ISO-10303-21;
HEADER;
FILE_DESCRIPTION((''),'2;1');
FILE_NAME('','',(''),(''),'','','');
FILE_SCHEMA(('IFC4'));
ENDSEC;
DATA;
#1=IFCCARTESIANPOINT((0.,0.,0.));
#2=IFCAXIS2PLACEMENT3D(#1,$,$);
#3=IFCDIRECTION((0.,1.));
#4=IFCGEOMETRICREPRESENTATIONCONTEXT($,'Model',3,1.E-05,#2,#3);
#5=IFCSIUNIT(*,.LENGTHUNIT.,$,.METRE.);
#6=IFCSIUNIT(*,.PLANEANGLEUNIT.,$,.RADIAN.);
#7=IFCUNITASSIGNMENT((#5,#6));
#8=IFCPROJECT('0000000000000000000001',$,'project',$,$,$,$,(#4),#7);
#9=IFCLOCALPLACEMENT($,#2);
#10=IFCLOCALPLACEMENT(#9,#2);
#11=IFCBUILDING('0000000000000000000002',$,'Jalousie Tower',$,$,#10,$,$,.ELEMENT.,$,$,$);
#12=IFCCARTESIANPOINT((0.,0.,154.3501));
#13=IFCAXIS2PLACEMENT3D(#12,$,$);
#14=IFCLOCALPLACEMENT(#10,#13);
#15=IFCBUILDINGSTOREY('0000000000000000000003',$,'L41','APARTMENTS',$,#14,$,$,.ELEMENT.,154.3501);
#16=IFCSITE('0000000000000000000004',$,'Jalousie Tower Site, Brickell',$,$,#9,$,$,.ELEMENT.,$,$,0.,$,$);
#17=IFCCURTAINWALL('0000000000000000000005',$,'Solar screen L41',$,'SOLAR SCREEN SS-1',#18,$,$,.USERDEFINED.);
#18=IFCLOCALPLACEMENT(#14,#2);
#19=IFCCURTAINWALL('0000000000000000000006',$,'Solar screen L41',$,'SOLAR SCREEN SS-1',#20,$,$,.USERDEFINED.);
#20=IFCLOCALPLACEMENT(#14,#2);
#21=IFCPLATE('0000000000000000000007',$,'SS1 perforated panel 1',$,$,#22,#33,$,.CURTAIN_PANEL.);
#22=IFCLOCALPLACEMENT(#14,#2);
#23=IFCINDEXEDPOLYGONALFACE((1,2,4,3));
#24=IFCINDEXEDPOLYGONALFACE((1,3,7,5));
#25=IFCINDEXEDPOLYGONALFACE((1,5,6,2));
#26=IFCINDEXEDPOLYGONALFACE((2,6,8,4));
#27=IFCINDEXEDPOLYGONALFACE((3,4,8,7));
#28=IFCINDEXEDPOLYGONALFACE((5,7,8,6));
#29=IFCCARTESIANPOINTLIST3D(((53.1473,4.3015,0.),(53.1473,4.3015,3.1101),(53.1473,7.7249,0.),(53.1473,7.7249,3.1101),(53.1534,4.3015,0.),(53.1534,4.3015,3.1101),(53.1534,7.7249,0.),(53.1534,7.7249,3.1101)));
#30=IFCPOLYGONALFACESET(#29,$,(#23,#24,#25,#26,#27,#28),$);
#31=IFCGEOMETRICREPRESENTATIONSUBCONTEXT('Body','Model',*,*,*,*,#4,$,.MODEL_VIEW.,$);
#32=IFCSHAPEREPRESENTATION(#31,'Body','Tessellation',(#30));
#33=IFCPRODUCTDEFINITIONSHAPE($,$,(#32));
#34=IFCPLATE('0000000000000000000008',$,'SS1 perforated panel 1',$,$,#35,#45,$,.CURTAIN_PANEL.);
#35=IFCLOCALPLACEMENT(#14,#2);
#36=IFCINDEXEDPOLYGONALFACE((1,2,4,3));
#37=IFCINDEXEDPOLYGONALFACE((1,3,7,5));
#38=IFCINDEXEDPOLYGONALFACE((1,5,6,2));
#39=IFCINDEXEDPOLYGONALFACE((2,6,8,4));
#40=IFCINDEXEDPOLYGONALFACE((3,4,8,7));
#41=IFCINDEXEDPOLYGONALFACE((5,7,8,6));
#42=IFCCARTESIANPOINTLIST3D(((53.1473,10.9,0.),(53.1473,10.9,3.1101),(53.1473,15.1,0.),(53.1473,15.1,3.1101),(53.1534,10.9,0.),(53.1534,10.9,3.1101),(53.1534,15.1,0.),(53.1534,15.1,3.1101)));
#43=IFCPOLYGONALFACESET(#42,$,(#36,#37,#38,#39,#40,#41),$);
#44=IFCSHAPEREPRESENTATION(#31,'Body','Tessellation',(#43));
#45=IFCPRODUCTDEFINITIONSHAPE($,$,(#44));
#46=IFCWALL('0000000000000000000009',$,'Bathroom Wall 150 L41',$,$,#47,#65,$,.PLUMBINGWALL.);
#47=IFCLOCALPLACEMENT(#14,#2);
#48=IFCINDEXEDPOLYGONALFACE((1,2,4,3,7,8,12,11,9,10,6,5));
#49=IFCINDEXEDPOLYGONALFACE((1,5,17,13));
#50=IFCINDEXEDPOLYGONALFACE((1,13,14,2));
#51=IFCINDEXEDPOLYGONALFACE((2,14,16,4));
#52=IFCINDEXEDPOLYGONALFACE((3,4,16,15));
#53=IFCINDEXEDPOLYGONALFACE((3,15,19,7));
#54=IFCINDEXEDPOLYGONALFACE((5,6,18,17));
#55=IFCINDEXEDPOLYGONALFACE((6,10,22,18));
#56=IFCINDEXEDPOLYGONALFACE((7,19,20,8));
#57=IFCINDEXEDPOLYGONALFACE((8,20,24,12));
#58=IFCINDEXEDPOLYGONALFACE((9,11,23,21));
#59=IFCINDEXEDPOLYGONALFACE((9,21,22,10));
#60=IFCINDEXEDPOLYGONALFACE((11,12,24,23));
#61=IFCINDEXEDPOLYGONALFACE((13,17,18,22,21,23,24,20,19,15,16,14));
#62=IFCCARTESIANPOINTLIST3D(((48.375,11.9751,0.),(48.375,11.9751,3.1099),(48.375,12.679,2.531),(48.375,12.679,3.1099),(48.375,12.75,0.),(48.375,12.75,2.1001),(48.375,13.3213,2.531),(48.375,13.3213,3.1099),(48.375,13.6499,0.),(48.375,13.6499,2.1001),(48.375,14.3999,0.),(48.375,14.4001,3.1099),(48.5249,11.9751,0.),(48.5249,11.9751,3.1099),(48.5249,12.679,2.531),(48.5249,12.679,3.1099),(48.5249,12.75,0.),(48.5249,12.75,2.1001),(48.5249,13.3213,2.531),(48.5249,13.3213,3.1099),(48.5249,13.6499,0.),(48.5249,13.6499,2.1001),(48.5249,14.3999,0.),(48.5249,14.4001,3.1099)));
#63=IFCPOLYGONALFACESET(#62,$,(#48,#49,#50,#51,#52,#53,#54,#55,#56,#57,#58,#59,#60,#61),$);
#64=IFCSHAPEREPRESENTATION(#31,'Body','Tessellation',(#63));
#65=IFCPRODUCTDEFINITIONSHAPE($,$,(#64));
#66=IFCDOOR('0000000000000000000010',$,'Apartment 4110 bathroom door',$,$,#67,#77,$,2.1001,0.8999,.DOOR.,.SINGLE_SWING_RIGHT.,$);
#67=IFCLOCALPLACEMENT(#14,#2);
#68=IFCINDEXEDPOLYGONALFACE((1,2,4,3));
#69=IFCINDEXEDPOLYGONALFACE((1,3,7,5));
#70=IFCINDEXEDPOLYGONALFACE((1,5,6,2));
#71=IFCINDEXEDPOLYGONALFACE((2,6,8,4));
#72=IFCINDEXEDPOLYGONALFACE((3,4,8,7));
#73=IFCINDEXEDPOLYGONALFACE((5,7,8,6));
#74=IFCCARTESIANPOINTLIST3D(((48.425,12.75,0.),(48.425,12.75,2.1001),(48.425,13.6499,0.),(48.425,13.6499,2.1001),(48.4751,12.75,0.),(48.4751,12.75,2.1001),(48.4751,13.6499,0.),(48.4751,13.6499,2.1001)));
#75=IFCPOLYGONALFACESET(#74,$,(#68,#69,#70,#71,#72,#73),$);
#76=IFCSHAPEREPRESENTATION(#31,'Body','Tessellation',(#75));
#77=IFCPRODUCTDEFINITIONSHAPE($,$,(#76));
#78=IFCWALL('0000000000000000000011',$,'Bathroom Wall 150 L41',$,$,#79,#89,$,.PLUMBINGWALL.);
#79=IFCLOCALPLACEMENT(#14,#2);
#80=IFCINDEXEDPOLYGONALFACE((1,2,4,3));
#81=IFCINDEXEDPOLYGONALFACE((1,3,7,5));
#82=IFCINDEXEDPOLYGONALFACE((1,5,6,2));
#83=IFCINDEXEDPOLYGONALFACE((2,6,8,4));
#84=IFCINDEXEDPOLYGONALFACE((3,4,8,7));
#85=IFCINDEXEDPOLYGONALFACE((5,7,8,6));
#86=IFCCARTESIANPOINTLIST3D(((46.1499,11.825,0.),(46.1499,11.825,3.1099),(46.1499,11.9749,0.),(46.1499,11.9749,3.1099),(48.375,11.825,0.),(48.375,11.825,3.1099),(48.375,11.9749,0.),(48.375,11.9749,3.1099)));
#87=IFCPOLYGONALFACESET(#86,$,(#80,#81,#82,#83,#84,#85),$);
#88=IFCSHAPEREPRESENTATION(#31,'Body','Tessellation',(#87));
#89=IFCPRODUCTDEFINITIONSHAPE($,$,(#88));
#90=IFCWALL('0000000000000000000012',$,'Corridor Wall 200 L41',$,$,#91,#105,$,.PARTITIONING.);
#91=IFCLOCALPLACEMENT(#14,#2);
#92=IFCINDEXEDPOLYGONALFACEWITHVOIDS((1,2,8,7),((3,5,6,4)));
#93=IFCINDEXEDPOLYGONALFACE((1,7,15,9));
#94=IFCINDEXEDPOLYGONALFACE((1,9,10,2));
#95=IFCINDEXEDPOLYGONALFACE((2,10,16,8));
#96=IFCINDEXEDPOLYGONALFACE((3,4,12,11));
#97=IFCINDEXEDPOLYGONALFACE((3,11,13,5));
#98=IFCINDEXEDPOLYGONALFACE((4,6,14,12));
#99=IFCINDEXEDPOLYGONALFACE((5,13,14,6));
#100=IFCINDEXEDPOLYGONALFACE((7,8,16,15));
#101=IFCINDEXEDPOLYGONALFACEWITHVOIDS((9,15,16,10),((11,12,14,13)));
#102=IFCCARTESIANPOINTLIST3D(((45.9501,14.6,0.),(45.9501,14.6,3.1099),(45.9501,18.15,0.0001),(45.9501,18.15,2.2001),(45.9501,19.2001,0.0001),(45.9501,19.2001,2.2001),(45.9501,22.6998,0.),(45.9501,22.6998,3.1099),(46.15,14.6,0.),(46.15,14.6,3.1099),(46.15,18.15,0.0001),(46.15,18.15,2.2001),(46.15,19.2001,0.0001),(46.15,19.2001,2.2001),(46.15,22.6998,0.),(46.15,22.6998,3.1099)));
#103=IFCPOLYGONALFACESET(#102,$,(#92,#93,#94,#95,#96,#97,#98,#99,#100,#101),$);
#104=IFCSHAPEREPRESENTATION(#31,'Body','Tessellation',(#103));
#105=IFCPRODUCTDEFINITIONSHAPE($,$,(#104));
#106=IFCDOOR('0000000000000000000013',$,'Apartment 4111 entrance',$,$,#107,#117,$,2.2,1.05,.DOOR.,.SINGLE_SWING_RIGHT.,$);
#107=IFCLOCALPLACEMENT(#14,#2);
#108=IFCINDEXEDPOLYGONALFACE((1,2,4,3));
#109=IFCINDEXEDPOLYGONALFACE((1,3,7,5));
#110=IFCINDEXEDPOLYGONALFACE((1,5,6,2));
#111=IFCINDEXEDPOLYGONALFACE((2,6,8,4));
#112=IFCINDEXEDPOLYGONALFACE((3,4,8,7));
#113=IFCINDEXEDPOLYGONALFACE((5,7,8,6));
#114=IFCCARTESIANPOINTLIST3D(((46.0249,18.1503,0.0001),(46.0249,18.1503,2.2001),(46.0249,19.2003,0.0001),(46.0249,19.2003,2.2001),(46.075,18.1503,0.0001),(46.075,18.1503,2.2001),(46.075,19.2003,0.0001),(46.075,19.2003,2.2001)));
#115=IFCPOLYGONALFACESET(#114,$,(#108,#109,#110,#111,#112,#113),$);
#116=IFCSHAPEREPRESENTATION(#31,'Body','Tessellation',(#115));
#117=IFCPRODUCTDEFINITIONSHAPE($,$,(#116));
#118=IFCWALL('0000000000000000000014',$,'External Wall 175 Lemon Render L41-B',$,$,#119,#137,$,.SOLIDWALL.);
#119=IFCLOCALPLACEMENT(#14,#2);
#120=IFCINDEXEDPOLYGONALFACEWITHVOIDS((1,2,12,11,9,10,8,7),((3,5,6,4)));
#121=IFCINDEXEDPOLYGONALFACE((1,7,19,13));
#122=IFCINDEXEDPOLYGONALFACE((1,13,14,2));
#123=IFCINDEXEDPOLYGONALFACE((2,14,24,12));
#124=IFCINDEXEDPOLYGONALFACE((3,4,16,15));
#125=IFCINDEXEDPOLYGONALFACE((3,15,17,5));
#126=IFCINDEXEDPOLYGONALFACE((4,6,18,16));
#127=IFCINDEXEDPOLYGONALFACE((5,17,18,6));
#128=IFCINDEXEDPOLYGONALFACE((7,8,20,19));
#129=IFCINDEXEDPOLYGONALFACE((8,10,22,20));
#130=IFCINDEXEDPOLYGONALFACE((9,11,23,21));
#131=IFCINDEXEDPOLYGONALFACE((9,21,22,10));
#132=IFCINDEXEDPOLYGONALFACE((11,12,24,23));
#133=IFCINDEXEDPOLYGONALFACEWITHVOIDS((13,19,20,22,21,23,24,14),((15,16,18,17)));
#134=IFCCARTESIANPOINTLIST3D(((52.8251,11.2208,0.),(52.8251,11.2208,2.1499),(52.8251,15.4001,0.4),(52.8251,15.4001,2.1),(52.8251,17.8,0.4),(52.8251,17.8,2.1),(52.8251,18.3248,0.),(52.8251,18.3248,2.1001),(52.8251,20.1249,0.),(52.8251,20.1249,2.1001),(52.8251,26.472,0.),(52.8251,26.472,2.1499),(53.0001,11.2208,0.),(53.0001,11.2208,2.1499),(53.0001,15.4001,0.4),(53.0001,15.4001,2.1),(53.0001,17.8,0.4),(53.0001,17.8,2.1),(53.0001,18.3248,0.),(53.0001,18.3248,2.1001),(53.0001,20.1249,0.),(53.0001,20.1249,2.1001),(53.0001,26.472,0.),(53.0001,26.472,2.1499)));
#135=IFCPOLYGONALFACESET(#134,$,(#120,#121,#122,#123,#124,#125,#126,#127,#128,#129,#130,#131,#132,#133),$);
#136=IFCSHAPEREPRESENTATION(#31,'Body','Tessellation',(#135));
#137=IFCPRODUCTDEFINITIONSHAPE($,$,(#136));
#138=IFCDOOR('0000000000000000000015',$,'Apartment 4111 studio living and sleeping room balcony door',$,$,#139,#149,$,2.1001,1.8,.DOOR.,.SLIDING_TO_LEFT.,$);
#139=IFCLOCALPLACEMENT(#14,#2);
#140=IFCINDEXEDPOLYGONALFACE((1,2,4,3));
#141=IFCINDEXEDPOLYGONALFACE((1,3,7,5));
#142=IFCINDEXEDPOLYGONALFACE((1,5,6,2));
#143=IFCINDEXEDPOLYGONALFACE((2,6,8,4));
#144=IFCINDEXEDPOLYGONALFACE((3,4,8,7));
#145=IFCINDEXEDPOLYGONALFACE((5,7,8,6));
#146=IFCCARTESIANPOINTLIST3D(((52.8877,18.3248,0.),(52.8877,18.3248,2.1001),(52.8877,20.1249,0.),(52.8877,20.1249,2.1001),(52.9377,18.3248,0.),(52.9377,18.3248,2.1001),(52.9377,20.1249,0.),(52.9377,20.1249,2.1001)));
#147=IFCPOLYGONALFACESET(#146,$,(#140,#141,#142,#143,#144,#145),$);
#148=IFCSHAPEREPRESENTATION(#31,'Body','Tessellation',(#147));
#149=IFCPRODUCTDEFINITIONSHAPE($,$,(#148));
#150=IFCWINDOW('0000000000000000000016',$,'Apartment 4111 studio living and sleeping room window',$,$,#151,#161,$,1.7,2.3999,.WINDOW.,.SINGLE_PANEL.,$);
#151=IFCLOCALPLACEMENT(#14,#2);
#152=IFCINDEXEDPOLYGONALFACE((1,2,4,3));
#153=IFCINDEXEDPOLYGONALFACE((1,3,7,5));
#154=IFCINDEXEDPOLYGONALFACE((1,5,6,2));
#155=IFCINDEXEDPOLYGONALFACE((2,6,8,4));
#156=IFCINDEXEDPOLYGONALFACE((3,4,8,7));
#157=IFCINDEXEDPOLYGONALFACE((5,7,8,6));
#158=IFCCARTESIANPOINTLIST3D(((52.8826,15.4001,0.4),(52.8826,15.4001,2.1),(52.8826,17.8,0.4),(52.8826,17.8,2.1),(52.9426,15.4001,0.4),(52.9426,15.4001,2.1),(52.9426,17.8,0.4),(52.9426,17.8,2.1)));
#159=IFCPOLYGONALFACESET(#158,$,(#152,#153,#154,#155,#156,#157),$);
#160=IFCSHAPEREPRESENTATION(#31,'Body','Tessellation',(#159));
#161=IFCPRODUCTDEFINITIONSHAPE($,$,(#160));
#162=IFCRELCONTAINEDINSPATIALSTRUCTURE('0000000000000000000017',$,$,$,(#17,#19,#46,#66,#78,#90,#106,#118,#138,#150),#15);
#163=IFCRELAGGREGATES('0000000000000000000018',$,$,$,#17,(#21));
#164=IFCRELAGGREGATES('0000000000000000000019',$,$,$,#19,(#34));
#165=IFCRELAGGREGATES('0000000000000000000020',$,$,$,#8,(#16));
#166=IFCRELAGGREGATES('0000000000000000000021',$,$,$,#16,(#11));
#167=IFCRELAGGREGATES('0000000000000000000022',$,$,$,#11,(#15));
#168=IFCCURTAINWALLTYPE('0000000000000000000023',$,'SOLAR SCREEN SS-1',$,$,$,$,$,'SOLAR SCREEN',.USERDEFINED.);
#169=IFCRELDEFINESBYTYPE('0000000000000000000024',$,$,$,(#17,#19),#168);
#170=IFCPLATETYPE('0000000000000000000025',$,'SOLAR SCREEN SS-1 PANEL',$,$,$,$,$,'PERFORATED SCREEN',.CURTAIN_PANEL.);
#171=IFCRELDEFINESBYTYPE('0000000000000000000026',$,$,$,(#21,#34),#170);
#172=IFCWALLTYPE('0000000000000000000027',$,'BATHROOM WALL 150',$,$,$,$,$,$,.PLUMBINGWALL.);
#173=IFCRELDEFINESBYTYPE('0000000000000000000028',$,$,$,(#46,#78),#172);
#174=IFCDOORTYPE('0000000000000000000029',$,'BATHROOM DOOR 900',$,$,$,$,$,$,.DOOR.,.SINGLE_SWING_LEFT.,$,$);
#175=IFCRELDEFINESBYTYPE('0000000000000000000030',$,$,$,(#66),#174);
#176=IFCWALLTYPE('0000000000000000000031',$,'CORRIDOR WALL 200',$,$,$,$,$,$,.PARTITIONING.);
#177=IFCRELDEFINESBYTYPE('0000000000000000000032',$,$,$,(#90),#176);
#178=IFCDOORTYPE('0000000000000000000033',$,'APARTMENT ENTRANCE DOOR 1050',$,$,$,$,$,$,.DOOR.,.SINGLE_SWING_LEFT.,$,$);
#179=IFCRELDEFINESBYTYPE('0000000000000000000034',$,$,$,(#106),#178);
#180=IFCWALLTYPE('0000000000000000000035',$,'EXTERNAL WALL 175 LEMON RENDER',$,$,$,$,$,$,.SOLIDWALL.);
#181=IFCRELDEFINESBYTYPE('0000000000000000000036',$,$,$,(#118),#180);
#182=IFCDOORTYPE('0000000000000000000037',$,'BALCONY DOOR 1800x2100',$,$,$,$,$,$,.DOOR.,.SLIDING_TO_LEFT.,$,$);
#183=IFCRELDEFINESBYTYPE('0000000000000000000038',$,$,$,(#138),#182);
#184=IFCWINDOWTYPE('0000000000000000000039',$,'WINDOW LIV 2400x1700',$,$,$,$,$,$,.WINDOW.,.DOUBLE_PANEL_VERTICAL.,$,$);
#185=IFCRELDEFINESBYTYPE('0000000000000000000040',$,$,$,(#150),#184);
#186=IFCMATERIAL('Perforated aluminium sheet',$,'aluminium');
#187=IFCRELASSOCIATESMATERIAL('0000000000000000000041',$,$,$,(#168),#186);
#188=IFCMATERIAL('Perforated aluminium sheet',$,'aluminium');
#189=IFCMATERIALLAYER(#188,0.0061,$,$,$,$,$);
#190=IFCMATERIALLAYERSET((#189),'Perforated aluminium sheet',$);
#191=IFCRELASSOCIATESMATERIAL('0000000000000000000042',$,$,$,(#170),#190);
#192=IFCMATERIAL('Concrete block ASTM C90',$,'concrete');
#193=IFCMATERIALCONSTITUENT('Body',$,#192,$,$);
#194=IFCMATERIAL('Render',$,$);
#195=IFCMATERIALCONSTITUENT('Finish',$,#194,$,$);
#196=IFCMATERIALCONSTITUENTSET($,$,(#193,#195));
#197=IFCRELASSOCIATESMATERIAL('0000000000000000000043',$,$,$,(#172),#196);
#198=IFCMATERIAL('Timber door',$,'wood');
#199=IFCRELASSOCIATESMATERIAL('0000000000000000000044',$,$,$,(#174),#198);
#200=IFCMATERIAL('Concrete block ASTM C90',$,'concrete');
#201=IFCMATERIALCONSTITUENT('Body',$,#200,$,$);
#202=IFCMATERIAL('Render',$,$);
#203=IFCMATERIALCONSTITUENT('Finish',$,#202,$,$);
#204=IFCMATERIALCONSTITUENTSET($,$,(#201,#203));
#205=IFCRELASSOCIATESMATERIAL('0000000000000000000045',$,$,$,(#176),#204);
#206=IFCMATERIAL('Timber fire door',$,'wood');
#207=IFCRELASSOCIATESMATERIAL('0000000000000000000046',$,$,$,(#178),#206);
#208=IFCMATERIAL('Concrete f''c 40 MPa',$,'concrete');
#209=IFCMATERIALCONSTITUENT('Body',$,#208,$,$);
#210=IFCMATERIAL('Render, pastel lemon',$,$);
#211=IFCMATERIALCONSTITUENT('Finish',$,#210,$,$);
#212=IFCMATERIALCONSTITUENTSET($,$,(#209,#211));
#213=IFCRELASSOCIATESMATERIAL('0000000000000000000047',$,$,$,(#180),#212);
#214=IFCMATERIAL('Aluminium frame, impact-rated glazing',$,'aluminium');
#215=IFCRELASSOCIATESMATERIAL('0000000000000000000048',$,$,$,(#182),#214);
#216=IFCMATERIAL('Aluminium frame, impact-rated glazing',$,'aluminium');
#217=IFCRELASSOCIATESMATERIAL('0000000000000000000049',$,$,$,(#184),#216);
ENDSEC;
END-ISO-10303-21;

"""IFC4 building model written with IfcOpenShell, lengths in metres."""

from ifc_helpers import new_model, si_unit, direction, frame, frame_2d, origin, origin_2d, place, context, subcontext, project, spatial, polyline, rectangle, outline, extrude, material, layer, layer_set, constituent, constituent_set, type_object, element, fill, aggregate, save


model = new_model("IFC4")

# Units and contexts
model_context = context("Model", 3, precision=1e-05, world=origin(), true_north=direction((0.0, 1.0)))
body_context = subcontext(model_context, "Body", "Model", "MODEL_VIEW")
ifc_project = project(units=[si_unit("LENGTHUNIT", "METRE"), si_unit("PLANEANGLEUNIT", "RADIAN")], contexts=[model_context])

# Site, building, storey
site_placement = place(None, origin())
site = spatial("IfcSite", under=ifc_project, at=site_placement, Name="Jalousie Tower Site, Brickell", CompositionType="ELEMENT", RefElevation=0.0)
building_placement = place(site_placement, origin())
building = spatial("IfcBuilding", under=site, at=building_placement, Name="Jalousie Tower", CompositionType="ELEMENT")
storey_placement = place(building_placement, frame((0.0, 0.0, 154.3501)))
storey = spatial("IfcBuildingStorey", under=building, at=storey_placement, Name="L41", Description="APARTMENTS", CompositionType="ELEMENT", Elevation=154.3501)

# Curtain wall
ifc_material_1 = material(Name="Perforated aluminium sheet", Category="aluminium")
curtain_wall_type = type_object("IfcCurtainWallType", Name="SOLAR SCREEN SS-1", ElementType="SOLAR SCREEN", PredefinedType="USERDEFINED", material=ifc_material_1)
curtain_wall_1_placement = place(storey_placement, origin())
curtain_wall_1 = element("IfcCurtainWall", 1, at=curtain_wall_1_placement, inside=storey, type_object=curtain_wall_type, Name="Solar screen L41", ObjectType="SOLAR SCREEN SS-1", PredefinedType="USERDEFINED")

# Curtain wall
curtain_wall_2_placement = place(storey_placement, origin())
curtain_wall_2 = element("IfcCurtainWall", 2, at=curtain_wall_2_placement, inside=storey, type_object=curtain_wall_type, Name="Solar screen L41", ObjectType="SOLAR SCREEN SS-1", PredefinedType="USERDEFINED")

# Plates
ifc_material_2 = material(Name="Perforated aluminium sheet", Category="aluminium")
ifc_layer_1 = layer(ifc_material_2, 0.0061)
ifc_layer_set_1 = layer_set([ifc_layer_1], Name="Perforated aluminium sheet")
plate_type = type_object("IfcPlateType", Name="SOLAR SCREEN SS-1 PANEL", ElementType="PERFORATED SCREEN", PredefinedType="CURTAIN_PANEL", material=ifc_layer_set_1)
plate_1_placement = place(storey_placement, frame((53.1504, 6.0132, 0.0), z_axis=(0.0, 0.0, 1.0), x_axis=(0.0, 1.0, 0.0)))
plate_1 = element("IfcPlate", 3, at=plate_1_placement, type_object=plate_type, Name="SS1 perforated panel 1", PredefinedType="CURTAIN_PANEL", context=body_context, shape_type="SweptSolid", body=[
    extrude(rectangle(XDim=3.4233, YDim=0.0061, at=origin_2d()), origin(), (0.0, 0.0, 1.0), 3.1101),
])
aggregate(curtain_wall_1, [plate_1])
plate_2_placement = place(storey_placement, frame((53.1504, 13.0, 0.0), z_axis=(0.0, 0.0, 1.0), x_axis=(0.0, 1.0, 0.0)))
plate_2 = element("IfcPlate", 4, at=plate_2_placement, type_object=plate_type, Name="SS1 perforated panel 1", PredefinedType="CURTAIN_PANEL", context=body_context, shape_type="SweptSolid", body=[
    extrude(rectangle(XDim=4.2, YDim=0.0061, at=origin_2d()), origin(), (0.0, 0.0, 1.0), 3.1101),
])
aggregate(curtain_wall_2, [plate_2])

# Wall, opening, door
ifc_material_3 = material(Name="Concrete block ASTM C90", Category="concrete")
ifc_constituent_1 = constituent(ifc_material_3, Name="Body")
ifc_material_4 = material(Name="Render")
ifc_constituent_2 = constituent(ifc_material_4, Name="Finish")
ifc_constituent_set_1 = constituent_set(constituents=[ifc_constituent_1, ifc_constituent_2])
wall_type_1 = type_object("IfcWallType", Name="BATHROOM WALL 150", PredefinedType="PLUMBINGWALL", material=ifc_constituent_set_1)
wall_1_placement = place(storey_placement, frame((48.45, 11.9751, 0.0), z_axis=(0.0, 0.0, 1.0), x_axis=(0.0, 1.0, 0.0)))
wall_1 = element("IfcWall", 5, at=wall_1_placement, inside=storey, type_object=wall_type_1, Name="Bathroom Wall 150 L41", PredefinedType="PLUMBINGWALL", context=body_context, shape_type="SweptSolid", body=[
    extrude(outline(polyline([(0.0, 0.0), (2.4248, 0.0), (2.425, 3.1099), (1.3462, 3.1099), (1.3462, 2.531), (0.7039, 2.531), (0.7039, 3.1099), (0.0, 3.1099), (0.0, 0.0)])), frame((0.0, 0.075, 0.0), z_axis=(0.0, -1.0, 0.0), x_axis=(1.0, 0.0, 0.0)), (0.0, 0.0, 1.0), 0.1499),
])
opening_1_placement = place(wall_1_placement, frame((0.7749, 0.0, 0.0)))
opening_1 = element("IfcOpeningElement", 6, at=opening_1_placement, cuts=wall_1, PredefinedType="OPENING", context=body_context, shape_type="SweptSolid", body=[
    extrude(rectangle(XDim=0.8999, YDim=2.1001, at=frame_2d((0.45, 1.05))), frame((0.0, 0.085, 0.0), z_axis=(0.0, -1.0, 0.0), x_axis=(1.0, 0.0, 0.0)), (0.0, 0.0, 1.0), 0.1699),
])
ifc_material_5 = material(Name="Timber door", Category="wood")
door_type_1 = type_object("IfcDoorType", Name="BATHROOM DOOR 900", OperationType="SINGLE_SWING_LEFT", PredefinedType="DOOR", material=ifc_material_5)
door_1_placement = place(opening_1_placement, origin())
door_1 = element("IfcDoor", 7, at=door_1_placement, inside=storey, type_object=door_type_1, Name="Apartment 4110 bathroom door", OperationType="SINGLE_SWING_RIGHT", OverallHeight=2.1001, OverallWidth=0.8999, PredefinedType="DOOR", context=body_context, shape_type="SweptSolid", body=[
    extrude(rectangle(XDim=0.8999, YDim=2.1001, at=frame_2d((0.45, 1.05))), frame((0.0, 0.0249, 0.0), z_axis=(0.0, -1.0, 0.0), x_axis=(1.0, 0.0, 0.0)), (0.0, 0.0, 1.0), 0.05),
])
fill(opening_1, door_1)

# Wall
wall_2_placement = place(storey_placement, frame((48.375, 11.8999, 0.0), z_axis=(0.0, 0.0, 1.0), x_axis=(-1.0, 0.0, 0.0)))
element("IfcWall", 8, at=wall_2_placement, inside=storey, type_object=wall_type_1, Name="Bathroom Wall 150 L41", PredefinedType="PLUMBINGWALL", context=body_context, shape_type="SweptSolid", body=[
    extrude(rectangle(XDim=2.2251, YDim=0.1499, at=frame_2d((1.1125, 0.0))), origin(), (0.0, 0.0, 1.0), 3.1099),
])

# Wall, opening, door
ifc_material_6 = material(Name="Concrete block ASTM C90", Category="concrete")
ifc_constituent_3 = constituent(ifc_material_6, Name="Body")
ifc_material_7 = material(Name="Render")
ifc_constituent_4 = constituent(ifc_material_7, Name="Finish")
ifc_constituent_set_2 = constituent_set(constituents=[ifc_constituent_3, ifc_constituent_4])
wall_type_2 = type_object("IfcWallType", Name="CORRIDOR WALL 200", PredefinedType="PARTITIONING", material=ifc_constituent_set_2)
wall_3_placement = place(storey_placement, frame((46.05, 14.6001, 0.0), z_axis=(0.0, 0.0, 1.0), x_axis=(0.0, 1.0, 0.0)))
wall_3 = element("IfcWall", 9, at=wall_3_placement, inside=storey, type_object=wall_type_2, Name="Corridor Wall 200 L41", PredefinedType="PARTITIONING", context=body_context, shape_type="SweptSolid", body=[
    extrude(rectangle(XDim=8.0999, YDim=0.2, at=frame_2d((4.0498, 0.0))), origin(), (0.0, 0.0, 1.0), 3.1099),
])
opening_2_placement = place(wall_3_placement, frame((3.55, 0.0, 0.0)))
opening_2 = element("IfcOpeningElement", 10, at=opening_2_placement, cuts=wall_3, PredefinedType="OPENING", context=body_context, shape_type="SweptSolid", body=[
    extrude(rectangle(XDim=1.05, YDim=2.2, at=frame_2d((0.5249, 1.1001))), frame((0.0, 0.1099, 0.0), z_axis=(0.0, -1.0, 0.0), x_axis=(1.0, 0.0, 0.0)), (0.0, 0.0, 1.0), 0.22),
])
ifc_material_8 = material(Name="Timber fire door", Category="wood")
door_type_2 = type_object("IfcDoorType", Name="APARTMENT ENTRANCE DOOR 1050", OperationType="SINGLE_SWING_LEFT", PredefinedType="DOOR", material=ifc_material_8)
door_2_placement = place(opening_2_placement, frame((1.05, 0.0, 0.0), z_axis=(0.0, 0.0, 1.0), x_axis=(-1.0, 0.0, 0.0)))
door_2 = element("IfcDoor", 11, at=door_2_placement, inside=storey, type_object=door_type_2, Name="Apartment 4111 entrance", OperationType="SINGLE_SWING_RIGHT", OverallHeight=2.2, OverallWidth=1.05, PredefinedType="DOOR", context=body_context, shape_type="SweptSolid", body=[
    extrude(rectangle(XDim=1.05, YDim=2.2, at=frame_2d((0.5249, 1.1001))), frame((0.0, 0.0249, 0.0), z_axis=(0.0, -1.0, 0.0), x_axis=(1.0, 0.0, 0.0)), (0.0, 0.0, 1.0), 0.05),
])
fill(opening_2, door_2)

# Wall, openings, door, window
ifc_material_9 = material(Name="Concrete f'c 40 MPa", Category="concrete")
ifc_constituent_5 = constituent(ifc_material_9, Name="Body")
ifc_material_10 = material(Name="Render, pastel lemon")
ifc_constituent_6 = constituent(ifc_material_10, Name="Finish")
ifc_constituent_set_3 = constituent_set(constituents=[ifc_constituent_5, ifc_constituent_6])
wall_type_3 = type_object("IfcWallType", Name="EXTERNAL WALL 175 LEMON RENDER", PredefinedType="SOLIDWALL", material=ifc_constituent_set_3)
wall_4_placement = place(storey_placement, frame((52.9126, 11.2209, 0.0), z_axis=(0.0, 0.0, 1.0), x_axis=(0.0, 1.0, 0.0)))
wall_4 = element("IfcWall", 12, at=wall_4_placement, inside=storey, type_object=wall_type_3, Name="External Wall 175 Lemon Render L41-B", PredefinedType="SOLIDWALL", context=body_context, shape_type="SweptSolid", body=[
    extrude(rectangle(XDim=15.2512, YDim=0.175, at=frame_2d((7.6255, 0.0))), origin(), (0.0, 0.0, 1.0), 2.1499),
])
opening_3_placement = place(wall_4_placement, frame((7.104, 0.0, 0.0)))
opening_3 = element("IfcOpeningElement", 13, at=opening_3_placement, cuts=wall_4, PredefinedType="OPENING", context=body_context, shape_type="SweptSolid", body=[
    extrude(rectangle(XDim=1.8, YDim=2.1001, at=frame_2d((0.8999, 1.05))), frame((0.0, 0.0974, 0.0), z_axis=(0.0, -1.0, 0.0), x_axis=(1.0, 0.0, 0.0)), (0.0, 0.0, 1.0), 0.1951),
])
opening_4_placement = place(wall_4_placement, frame((4.1792, 0.0, 0.3999)))
opening_4 = element("IfcOpeningElement", 14, at=opening_4_placement, cuts=wall_4, PredefinedType="OPENING", context=body_context, shape_type="SweptSolid", body=[
    extrude(rectangle(XDim=2.3999, YDim=1.7, at=frame_2d((1.2, 0.8501))), frame((0.0, 0.0974, 0.0), z_axis=(0.0, -1.0, 0.0), x_axis=(1.0, 0.0, 0.0)), (0.0, 0.0, 1.0), 0.1951),
])
ifc_material_11 = material(Name="Aluminium frame, impact-rated glazing", Category="aluminium")
door_type_3 = type_object("IfcDoorType", Name="BALCONY DOOR 1800x2100", OperationType="SLIDING_TO_LEFT", PredefinedType="DOOR", material=ifc_material_11)
door_3_placement = place(opening_3_placement, origin())
door_3 = element("IfcDoor", 15, at=door_3_placement, inside=storey, type_object=door_type_3, Name="Apartment 4111 studio living and sleeping room balcony door", OperationType="SLIDING_TO_LEFT", OverallHeight=2.1001, OverallWidth=1.8, PredefinedType="DOOR", context=body_context, shape_type="SweptSolid", body=[
    extrude(rectangle(XDim=1.8, YDim=2.1001, at=frame_2d((0.8999, 1.05))), frame((0.0, 0.0249, 0.0), z_axis=(0.0, -1.0, 0.0), x_axis=(1.0, 0.0, 0.0)), (0.0, 0.0, 1.0), 0.05),
])
fill(opening_3, door_3)
ifc_material_12 = material(Name="Aluminium frame, impact-rated glazing", Category="aluminium")
window_type = type_object("IfcWindowType", Name="WINDOW LIV 2400x1700", PartitioningType="DOUBLE_PANEL_VERTICAL", PredefinedType="WINDOW", material=ifc_material_12)
window_placement = place(opening_4_placement, origin())
window = element("IfcWindow", 16, at=window_placement, inside=storey, type_object=window_type, Name="Apartment 4111 studio living and sleeping room window", OverallHeight=1.7, OverallWidth=2.3999, PartitioningType="SINGLE_PANEL", PredefinedType="WINDOW", context=body_context, shape_type="SweptSolid", body=[
    extrude(rectangle(XDim=2.3999, YDim=1.7, at=frame_2d((1.2, 0.8501))), frame((0.0, 0.03, 0.0), z_axis=(0.0, -1.0, 0.0), x_axis=(1.0, 0.0, 0.0)), (0.0, 0.0, 1.0), 0.0601),
])
fill(opening_4, window)

save(model, "model.ifc")
